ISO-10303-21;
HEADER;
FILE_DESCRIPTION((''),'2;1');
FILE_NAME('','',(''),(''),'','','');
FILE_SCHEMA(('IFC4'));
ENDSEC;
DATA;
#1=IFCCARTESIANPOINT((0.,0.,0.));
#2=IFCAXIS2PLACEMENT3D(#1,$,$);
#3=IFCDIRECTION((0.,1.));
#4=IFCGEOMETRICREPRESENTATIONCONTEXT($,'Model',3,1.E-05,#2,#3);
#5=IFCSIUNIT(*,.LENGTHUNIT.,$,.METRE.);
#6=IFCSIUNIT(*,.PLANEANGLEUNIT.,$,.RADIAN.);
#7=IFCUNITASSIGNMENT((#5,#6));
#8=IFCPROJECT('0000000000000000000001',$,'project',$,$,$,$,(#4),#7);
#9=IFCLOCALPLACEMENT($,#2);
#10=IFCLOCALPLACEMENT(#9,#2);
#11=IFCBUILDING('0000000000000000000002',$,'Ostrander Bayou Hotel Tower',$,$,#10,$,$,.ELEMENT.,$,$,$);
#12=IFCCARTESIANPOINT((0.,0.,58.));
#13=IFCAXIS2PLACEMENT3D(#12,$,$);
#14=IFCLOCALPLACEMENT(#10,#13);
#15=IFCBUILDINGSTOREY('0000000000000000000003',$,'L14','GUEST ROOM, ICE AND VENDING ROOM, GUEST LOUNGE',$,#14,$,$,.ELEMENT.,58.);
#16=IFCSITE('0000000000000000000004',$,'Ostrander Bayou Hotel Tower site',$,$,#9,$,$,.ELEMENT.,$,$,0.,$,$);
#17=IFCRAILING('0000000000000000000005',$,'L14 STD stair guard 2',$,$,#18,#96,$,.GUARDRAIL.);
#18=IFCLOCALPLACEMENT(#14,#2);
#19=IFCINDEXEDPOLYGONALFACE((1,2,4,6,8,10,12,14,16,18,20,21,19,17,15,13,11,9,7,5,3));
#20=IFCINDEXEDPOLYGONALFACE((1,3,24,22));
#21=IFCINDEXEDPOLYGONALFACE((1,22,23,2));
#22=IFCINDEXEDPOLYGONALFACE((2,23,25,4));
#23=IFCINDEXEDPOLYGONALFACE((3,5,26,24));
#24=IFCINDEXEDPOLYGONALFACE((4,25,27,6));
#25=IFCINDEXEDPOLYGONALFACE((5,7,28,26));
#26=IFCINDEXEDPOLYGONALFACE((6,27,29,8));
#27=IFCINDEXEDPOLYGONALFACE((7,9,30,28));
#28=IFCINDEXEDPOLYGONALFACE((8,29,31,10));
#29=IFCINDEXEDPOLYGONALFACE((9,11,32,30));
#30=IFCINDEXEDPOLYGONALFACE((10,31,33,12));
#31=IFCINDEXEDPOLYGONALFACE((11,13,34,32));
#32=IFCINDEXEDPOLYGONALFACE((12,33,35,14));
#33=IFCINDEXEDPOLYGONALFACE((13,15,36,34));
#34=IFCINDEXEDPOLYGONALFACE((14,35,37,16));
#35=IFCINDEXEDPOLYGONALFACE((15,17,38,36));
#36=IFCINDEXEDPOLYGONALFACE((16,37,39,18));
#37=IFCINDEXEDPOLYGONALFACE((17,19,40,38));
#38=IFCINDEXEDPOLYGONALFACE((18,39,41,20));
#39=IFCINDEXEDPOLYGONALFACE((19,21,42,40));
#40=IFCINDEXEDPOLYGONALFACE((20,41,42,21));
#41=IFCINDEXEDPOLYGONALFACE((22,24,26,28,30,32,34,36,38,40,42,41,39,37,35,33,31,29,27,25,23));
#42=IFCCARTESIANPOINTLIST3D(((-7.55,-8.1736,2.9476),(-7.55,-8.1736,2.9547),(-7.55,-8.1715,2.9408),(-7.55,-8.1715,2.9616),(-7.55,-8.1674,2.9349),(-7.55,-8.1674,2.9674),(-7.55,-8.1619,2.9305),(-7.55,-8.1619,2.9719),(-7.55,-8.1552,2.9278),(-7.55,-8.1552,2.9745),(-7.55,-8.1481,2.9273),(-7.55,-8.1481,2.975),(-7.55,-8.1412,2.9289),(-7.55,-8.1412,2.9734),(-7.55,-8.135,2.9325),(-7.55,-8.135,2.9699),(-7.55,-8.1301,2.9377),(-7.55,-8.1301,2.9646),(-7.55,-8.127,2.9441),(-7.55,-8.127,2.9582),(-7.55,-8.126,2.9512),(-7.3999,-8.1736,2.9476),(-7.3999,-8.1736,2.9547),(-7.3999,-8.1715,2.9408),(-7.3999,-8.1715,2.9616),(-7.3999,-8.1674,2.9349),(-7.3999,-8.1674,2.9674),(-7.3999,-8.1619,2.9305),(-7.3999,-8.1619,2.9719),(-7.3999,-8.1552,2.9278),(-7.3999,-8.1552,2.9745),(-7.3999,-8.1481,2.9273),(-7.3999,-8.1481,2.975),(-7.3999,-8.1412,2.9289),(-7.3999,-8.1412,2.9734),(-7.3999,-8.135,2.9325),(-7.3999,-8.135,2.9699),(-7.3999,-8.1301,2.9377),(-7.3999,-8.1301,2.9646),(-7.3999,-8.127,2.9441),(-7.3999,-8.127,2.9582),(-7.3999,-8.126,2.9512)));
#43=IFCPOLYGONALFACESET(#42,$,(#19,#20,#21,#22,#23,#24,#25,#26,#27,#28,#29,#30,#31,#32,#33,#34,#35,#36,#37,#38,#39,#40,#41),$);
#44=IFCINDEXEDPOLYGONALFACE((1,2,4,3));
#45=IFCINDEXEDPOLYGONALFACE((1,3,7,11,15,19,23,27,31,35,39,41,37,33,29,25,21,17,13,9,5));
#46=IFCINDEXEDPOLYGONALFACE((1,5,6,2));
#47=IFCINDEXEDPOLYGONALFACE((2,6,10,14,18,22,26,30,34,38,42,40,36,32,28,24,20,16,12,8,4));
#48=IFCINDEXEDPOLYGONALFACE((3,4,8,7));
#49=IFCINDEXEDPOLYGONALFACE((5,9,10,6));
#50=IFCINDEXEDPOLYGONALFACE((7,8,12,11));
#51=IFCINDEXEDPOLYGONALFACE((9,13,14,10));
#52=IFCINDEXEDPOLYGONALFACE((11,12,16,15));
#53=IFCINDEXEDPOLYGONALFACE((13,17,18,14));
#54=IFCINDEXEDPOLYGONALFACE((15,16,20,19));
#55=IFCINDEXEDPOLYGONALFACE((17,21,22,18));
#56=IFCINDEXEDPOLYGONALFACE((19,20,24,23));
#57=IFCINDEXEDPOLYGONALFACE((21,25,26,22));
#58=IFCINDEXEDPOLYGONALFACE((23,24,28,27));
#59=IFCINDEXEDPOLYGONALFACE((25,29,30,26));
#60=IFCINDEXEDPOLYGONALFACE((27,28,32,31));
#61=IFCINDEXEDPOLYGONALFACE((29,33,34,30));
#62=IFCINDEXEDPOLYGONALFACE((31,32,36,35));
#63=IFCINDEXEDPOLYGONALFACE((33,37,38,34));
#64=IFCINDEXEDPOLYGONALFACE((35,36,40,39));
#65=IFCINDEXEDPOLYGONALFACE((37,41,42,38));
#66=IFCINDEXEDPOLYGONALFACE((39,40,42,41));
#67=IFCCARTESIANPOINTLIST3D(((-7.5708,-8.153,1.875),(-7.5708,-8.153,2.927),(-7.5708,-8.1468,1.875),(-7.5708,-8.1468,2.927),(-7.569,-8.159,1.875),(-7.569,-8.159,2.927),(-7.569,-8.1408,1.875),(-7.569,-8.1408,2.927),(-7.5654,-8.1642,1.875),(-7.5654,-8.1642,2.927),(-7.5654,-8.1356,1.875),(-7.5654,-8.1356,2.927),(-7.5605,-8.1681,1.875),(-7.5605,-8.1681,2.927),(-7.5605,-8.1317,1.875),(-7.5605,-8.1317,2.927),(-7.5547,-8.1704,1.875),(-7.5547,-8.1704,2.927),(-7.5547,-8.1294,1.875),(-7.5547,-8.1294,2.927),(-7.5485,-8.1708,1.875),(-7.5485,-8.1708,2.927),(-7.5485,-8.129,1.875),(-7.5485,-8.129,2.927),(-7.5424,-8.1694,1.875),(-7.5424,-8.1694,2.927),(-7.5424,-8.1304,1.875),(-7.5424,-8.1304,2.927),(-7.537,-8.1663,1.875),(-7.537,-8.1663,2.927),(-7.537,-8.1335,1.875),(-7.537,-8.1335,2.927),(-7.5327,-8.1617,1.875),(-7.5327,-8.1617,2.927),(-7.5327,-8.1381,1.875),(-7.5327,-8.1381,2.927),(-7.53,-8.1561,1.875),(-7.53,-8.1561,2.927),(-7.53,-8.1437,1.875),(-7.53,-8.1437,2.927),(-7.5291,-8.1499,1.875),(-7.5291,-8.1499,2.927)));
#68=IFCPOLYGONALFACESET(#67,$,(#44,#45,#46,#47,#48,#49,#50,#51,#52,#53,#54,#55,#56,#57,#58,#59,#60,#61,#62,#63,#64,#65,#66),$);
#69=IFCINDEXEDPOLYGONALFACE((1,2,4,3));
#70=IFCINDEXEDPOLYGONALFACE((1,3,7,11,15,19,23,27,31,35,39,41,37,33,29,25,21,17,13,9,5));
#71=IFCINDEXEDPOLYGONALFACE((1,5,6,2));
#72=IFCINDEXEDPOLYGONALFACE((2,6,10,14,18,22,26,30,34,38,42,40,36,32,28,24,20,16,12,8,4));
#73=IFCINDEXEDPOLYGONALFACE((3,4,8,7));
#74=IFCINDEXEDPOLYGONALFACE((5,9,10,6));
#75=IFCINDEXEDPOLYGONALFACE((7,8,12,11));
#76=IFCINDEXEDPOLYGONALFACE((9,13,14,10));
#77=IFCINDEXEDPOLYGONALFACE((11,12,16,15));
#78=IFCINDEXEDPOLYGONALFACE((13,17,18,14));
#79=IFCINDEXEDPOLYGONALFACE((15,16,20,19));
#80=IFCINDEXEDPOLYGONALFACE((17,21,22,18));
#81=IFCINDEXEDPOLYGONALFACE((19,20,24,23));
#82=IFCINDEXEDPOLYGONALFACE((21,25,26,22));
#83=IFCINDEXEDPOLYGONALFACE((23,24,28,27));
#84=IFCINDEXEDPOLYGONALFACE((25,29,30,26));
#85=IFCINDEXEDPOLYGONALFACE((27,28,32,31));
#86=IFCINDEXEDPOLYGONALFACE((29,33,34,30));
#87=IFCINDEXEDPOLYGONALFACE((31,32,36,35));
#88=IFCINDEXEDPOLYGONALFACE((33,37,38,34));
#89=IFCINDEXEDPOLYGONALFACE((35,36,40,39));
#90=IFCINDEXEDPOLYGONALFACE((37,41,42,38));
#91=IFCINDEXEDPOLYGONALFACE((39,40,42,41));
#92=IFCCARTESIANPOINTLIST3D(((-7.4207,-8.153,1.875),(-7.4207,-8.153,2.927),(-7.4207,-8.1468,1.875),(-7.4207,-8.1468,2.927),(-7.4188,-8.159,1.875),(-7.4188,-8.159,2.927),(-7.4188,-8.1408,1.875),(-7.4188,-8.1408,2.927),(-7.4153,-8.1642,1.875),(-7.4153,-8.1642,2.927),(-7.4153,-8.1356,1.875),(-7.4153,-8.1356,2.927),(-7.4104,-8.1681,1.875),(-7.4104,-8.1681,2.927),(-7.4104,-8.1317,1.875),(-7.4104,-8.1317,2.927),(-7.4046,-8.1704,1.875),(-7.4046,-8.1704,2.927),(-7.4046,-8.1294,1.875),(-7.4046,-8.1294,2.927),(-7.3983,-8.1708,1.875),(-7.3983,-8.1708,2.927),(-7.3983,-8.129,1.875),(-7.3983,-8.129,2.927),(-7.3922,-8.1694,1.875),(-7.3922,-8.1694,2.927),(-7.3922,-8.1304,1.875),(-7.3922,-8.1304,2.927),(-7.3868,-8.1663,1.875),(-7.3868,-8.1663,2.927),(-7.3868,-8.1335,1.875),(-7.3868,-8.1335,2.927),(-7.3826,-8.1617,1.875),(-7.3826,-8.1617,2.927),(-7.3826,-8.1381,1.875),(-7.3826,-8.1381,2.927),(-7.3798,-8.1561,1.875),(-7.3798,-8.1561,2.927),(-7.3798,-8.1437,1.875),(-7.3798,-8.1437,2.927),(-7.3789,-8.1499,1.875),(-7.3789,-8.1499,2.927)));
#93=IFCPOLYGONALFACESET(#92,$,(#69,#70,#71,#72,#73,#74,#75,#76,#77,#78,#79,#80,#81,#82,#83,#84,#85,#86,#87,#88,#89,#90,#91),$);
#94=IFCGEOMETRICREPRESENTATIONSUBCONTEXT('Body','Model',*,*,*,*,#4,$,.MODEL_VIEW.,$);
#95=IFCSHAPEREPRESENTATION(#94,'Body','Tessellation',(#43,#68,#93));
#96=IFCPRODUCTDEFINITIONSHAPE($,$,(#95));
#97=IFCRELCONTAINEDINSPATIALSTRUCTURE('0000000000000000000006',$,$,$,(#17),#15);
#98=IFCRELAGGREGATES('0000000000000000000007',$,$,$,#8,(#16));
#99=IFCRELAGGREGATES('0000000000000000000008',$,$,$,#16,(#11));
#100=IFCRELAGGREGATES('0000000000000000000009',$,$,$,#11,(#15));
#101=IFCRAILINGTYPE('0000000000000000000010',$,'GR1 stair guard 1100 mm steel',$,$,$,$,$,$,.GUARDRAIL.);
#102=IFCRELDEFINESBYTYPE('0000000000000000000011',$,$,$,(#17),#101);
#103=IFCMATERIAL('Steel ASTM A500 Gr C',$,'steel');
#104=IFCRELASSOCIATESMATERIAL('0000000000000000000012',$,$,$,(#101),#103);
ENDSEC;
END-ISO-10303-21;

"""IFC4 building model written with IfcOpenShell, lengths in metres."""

from ifc_helpers import new_model, si_unit, direction, frame, origin, origin_2d, place, context, subcontext, project, spatial, circle, extrude, material, type_object, element, save


model = new_model("IFC4")

# Units and contexts
model_context = context("Model", 3, precision=1e-05, world=origin(), true_north=direction((0.0, 1.0)))
body_context = subcontext(model_context, "Body", "Model", "MODEL_VIEW")
ifc_project = project(units=[si_unit("LENGTHUNIT", "METRE"), si_unit("PLANEANGLEUNIT", "RADIAN")], contexts=[model_context])

# Site, building, storey
site_placement = place(None, origin())
site = spatial("IfcSite", under=ifc_project, at=site_placement, Name="Ostrander Bayou Hotel Tower site", CompositionType="ELEMENT", RefElevation=0.0)
building_placement = place(site_placement, origin())
building = spatial("IfcBuilding", under=site, at=building_placement, Name="Ostrander Bayou Hotel Tower", CompositionType="ELEMENT")
storey_placement = place(building_placement, frame((0.0, 0.0, 58.0)))
storey = spatial("IfcBuildingStorey", under=building, at=storey_placement, Name="L14", Description="GUEST ROOM, ICE AND VENDING ROOM, GUEST LOUNGE", CompositionType="ELEMENT", Elevation=58.0)

# Railing
ifc_material_1 = material(Name="Steel ASTM A500 Gr C", Category="steel")
railing_type_1 = type_object("IfcRailingType", Name="GR1 stair guard 1100 mm steel", PredefinedType="GUARDRAIL", material=ifc_material_1)
railing_1_placement = place(storey_placement, frame((-7.55, -8.1499, 1.875)))
element("IfcRailing", 1, at=railing_1_placement, inside=storey, type_object=railing_type_1, Name="L14 STD stair guard 2", PredefinedType="GUARDRAIL", context=body_context, shape_type="SweptSolid", body=[
    extrude(circle(Radius=0.0239, at=origin_2d()), frame((0.0, 0.0, 1.0762), z_axis=(1.0, 0.0, 0.0), x_axis=(0.0, 1.0, 0.0)), (0.0, 0.0, 1.0), 0.1501),
    extrude(circle(Radius=0.021, at=origin_2d()), origin(), (0.0, 0.0, 1.0), 1.052),
    extrude(circle(Radius=0.021, at=origin_2d()), frame((0.1501, 0.0, 0.0)), (0.0, 0.0, 1.0), 1.052),
])

save(model, "model.ifc")
